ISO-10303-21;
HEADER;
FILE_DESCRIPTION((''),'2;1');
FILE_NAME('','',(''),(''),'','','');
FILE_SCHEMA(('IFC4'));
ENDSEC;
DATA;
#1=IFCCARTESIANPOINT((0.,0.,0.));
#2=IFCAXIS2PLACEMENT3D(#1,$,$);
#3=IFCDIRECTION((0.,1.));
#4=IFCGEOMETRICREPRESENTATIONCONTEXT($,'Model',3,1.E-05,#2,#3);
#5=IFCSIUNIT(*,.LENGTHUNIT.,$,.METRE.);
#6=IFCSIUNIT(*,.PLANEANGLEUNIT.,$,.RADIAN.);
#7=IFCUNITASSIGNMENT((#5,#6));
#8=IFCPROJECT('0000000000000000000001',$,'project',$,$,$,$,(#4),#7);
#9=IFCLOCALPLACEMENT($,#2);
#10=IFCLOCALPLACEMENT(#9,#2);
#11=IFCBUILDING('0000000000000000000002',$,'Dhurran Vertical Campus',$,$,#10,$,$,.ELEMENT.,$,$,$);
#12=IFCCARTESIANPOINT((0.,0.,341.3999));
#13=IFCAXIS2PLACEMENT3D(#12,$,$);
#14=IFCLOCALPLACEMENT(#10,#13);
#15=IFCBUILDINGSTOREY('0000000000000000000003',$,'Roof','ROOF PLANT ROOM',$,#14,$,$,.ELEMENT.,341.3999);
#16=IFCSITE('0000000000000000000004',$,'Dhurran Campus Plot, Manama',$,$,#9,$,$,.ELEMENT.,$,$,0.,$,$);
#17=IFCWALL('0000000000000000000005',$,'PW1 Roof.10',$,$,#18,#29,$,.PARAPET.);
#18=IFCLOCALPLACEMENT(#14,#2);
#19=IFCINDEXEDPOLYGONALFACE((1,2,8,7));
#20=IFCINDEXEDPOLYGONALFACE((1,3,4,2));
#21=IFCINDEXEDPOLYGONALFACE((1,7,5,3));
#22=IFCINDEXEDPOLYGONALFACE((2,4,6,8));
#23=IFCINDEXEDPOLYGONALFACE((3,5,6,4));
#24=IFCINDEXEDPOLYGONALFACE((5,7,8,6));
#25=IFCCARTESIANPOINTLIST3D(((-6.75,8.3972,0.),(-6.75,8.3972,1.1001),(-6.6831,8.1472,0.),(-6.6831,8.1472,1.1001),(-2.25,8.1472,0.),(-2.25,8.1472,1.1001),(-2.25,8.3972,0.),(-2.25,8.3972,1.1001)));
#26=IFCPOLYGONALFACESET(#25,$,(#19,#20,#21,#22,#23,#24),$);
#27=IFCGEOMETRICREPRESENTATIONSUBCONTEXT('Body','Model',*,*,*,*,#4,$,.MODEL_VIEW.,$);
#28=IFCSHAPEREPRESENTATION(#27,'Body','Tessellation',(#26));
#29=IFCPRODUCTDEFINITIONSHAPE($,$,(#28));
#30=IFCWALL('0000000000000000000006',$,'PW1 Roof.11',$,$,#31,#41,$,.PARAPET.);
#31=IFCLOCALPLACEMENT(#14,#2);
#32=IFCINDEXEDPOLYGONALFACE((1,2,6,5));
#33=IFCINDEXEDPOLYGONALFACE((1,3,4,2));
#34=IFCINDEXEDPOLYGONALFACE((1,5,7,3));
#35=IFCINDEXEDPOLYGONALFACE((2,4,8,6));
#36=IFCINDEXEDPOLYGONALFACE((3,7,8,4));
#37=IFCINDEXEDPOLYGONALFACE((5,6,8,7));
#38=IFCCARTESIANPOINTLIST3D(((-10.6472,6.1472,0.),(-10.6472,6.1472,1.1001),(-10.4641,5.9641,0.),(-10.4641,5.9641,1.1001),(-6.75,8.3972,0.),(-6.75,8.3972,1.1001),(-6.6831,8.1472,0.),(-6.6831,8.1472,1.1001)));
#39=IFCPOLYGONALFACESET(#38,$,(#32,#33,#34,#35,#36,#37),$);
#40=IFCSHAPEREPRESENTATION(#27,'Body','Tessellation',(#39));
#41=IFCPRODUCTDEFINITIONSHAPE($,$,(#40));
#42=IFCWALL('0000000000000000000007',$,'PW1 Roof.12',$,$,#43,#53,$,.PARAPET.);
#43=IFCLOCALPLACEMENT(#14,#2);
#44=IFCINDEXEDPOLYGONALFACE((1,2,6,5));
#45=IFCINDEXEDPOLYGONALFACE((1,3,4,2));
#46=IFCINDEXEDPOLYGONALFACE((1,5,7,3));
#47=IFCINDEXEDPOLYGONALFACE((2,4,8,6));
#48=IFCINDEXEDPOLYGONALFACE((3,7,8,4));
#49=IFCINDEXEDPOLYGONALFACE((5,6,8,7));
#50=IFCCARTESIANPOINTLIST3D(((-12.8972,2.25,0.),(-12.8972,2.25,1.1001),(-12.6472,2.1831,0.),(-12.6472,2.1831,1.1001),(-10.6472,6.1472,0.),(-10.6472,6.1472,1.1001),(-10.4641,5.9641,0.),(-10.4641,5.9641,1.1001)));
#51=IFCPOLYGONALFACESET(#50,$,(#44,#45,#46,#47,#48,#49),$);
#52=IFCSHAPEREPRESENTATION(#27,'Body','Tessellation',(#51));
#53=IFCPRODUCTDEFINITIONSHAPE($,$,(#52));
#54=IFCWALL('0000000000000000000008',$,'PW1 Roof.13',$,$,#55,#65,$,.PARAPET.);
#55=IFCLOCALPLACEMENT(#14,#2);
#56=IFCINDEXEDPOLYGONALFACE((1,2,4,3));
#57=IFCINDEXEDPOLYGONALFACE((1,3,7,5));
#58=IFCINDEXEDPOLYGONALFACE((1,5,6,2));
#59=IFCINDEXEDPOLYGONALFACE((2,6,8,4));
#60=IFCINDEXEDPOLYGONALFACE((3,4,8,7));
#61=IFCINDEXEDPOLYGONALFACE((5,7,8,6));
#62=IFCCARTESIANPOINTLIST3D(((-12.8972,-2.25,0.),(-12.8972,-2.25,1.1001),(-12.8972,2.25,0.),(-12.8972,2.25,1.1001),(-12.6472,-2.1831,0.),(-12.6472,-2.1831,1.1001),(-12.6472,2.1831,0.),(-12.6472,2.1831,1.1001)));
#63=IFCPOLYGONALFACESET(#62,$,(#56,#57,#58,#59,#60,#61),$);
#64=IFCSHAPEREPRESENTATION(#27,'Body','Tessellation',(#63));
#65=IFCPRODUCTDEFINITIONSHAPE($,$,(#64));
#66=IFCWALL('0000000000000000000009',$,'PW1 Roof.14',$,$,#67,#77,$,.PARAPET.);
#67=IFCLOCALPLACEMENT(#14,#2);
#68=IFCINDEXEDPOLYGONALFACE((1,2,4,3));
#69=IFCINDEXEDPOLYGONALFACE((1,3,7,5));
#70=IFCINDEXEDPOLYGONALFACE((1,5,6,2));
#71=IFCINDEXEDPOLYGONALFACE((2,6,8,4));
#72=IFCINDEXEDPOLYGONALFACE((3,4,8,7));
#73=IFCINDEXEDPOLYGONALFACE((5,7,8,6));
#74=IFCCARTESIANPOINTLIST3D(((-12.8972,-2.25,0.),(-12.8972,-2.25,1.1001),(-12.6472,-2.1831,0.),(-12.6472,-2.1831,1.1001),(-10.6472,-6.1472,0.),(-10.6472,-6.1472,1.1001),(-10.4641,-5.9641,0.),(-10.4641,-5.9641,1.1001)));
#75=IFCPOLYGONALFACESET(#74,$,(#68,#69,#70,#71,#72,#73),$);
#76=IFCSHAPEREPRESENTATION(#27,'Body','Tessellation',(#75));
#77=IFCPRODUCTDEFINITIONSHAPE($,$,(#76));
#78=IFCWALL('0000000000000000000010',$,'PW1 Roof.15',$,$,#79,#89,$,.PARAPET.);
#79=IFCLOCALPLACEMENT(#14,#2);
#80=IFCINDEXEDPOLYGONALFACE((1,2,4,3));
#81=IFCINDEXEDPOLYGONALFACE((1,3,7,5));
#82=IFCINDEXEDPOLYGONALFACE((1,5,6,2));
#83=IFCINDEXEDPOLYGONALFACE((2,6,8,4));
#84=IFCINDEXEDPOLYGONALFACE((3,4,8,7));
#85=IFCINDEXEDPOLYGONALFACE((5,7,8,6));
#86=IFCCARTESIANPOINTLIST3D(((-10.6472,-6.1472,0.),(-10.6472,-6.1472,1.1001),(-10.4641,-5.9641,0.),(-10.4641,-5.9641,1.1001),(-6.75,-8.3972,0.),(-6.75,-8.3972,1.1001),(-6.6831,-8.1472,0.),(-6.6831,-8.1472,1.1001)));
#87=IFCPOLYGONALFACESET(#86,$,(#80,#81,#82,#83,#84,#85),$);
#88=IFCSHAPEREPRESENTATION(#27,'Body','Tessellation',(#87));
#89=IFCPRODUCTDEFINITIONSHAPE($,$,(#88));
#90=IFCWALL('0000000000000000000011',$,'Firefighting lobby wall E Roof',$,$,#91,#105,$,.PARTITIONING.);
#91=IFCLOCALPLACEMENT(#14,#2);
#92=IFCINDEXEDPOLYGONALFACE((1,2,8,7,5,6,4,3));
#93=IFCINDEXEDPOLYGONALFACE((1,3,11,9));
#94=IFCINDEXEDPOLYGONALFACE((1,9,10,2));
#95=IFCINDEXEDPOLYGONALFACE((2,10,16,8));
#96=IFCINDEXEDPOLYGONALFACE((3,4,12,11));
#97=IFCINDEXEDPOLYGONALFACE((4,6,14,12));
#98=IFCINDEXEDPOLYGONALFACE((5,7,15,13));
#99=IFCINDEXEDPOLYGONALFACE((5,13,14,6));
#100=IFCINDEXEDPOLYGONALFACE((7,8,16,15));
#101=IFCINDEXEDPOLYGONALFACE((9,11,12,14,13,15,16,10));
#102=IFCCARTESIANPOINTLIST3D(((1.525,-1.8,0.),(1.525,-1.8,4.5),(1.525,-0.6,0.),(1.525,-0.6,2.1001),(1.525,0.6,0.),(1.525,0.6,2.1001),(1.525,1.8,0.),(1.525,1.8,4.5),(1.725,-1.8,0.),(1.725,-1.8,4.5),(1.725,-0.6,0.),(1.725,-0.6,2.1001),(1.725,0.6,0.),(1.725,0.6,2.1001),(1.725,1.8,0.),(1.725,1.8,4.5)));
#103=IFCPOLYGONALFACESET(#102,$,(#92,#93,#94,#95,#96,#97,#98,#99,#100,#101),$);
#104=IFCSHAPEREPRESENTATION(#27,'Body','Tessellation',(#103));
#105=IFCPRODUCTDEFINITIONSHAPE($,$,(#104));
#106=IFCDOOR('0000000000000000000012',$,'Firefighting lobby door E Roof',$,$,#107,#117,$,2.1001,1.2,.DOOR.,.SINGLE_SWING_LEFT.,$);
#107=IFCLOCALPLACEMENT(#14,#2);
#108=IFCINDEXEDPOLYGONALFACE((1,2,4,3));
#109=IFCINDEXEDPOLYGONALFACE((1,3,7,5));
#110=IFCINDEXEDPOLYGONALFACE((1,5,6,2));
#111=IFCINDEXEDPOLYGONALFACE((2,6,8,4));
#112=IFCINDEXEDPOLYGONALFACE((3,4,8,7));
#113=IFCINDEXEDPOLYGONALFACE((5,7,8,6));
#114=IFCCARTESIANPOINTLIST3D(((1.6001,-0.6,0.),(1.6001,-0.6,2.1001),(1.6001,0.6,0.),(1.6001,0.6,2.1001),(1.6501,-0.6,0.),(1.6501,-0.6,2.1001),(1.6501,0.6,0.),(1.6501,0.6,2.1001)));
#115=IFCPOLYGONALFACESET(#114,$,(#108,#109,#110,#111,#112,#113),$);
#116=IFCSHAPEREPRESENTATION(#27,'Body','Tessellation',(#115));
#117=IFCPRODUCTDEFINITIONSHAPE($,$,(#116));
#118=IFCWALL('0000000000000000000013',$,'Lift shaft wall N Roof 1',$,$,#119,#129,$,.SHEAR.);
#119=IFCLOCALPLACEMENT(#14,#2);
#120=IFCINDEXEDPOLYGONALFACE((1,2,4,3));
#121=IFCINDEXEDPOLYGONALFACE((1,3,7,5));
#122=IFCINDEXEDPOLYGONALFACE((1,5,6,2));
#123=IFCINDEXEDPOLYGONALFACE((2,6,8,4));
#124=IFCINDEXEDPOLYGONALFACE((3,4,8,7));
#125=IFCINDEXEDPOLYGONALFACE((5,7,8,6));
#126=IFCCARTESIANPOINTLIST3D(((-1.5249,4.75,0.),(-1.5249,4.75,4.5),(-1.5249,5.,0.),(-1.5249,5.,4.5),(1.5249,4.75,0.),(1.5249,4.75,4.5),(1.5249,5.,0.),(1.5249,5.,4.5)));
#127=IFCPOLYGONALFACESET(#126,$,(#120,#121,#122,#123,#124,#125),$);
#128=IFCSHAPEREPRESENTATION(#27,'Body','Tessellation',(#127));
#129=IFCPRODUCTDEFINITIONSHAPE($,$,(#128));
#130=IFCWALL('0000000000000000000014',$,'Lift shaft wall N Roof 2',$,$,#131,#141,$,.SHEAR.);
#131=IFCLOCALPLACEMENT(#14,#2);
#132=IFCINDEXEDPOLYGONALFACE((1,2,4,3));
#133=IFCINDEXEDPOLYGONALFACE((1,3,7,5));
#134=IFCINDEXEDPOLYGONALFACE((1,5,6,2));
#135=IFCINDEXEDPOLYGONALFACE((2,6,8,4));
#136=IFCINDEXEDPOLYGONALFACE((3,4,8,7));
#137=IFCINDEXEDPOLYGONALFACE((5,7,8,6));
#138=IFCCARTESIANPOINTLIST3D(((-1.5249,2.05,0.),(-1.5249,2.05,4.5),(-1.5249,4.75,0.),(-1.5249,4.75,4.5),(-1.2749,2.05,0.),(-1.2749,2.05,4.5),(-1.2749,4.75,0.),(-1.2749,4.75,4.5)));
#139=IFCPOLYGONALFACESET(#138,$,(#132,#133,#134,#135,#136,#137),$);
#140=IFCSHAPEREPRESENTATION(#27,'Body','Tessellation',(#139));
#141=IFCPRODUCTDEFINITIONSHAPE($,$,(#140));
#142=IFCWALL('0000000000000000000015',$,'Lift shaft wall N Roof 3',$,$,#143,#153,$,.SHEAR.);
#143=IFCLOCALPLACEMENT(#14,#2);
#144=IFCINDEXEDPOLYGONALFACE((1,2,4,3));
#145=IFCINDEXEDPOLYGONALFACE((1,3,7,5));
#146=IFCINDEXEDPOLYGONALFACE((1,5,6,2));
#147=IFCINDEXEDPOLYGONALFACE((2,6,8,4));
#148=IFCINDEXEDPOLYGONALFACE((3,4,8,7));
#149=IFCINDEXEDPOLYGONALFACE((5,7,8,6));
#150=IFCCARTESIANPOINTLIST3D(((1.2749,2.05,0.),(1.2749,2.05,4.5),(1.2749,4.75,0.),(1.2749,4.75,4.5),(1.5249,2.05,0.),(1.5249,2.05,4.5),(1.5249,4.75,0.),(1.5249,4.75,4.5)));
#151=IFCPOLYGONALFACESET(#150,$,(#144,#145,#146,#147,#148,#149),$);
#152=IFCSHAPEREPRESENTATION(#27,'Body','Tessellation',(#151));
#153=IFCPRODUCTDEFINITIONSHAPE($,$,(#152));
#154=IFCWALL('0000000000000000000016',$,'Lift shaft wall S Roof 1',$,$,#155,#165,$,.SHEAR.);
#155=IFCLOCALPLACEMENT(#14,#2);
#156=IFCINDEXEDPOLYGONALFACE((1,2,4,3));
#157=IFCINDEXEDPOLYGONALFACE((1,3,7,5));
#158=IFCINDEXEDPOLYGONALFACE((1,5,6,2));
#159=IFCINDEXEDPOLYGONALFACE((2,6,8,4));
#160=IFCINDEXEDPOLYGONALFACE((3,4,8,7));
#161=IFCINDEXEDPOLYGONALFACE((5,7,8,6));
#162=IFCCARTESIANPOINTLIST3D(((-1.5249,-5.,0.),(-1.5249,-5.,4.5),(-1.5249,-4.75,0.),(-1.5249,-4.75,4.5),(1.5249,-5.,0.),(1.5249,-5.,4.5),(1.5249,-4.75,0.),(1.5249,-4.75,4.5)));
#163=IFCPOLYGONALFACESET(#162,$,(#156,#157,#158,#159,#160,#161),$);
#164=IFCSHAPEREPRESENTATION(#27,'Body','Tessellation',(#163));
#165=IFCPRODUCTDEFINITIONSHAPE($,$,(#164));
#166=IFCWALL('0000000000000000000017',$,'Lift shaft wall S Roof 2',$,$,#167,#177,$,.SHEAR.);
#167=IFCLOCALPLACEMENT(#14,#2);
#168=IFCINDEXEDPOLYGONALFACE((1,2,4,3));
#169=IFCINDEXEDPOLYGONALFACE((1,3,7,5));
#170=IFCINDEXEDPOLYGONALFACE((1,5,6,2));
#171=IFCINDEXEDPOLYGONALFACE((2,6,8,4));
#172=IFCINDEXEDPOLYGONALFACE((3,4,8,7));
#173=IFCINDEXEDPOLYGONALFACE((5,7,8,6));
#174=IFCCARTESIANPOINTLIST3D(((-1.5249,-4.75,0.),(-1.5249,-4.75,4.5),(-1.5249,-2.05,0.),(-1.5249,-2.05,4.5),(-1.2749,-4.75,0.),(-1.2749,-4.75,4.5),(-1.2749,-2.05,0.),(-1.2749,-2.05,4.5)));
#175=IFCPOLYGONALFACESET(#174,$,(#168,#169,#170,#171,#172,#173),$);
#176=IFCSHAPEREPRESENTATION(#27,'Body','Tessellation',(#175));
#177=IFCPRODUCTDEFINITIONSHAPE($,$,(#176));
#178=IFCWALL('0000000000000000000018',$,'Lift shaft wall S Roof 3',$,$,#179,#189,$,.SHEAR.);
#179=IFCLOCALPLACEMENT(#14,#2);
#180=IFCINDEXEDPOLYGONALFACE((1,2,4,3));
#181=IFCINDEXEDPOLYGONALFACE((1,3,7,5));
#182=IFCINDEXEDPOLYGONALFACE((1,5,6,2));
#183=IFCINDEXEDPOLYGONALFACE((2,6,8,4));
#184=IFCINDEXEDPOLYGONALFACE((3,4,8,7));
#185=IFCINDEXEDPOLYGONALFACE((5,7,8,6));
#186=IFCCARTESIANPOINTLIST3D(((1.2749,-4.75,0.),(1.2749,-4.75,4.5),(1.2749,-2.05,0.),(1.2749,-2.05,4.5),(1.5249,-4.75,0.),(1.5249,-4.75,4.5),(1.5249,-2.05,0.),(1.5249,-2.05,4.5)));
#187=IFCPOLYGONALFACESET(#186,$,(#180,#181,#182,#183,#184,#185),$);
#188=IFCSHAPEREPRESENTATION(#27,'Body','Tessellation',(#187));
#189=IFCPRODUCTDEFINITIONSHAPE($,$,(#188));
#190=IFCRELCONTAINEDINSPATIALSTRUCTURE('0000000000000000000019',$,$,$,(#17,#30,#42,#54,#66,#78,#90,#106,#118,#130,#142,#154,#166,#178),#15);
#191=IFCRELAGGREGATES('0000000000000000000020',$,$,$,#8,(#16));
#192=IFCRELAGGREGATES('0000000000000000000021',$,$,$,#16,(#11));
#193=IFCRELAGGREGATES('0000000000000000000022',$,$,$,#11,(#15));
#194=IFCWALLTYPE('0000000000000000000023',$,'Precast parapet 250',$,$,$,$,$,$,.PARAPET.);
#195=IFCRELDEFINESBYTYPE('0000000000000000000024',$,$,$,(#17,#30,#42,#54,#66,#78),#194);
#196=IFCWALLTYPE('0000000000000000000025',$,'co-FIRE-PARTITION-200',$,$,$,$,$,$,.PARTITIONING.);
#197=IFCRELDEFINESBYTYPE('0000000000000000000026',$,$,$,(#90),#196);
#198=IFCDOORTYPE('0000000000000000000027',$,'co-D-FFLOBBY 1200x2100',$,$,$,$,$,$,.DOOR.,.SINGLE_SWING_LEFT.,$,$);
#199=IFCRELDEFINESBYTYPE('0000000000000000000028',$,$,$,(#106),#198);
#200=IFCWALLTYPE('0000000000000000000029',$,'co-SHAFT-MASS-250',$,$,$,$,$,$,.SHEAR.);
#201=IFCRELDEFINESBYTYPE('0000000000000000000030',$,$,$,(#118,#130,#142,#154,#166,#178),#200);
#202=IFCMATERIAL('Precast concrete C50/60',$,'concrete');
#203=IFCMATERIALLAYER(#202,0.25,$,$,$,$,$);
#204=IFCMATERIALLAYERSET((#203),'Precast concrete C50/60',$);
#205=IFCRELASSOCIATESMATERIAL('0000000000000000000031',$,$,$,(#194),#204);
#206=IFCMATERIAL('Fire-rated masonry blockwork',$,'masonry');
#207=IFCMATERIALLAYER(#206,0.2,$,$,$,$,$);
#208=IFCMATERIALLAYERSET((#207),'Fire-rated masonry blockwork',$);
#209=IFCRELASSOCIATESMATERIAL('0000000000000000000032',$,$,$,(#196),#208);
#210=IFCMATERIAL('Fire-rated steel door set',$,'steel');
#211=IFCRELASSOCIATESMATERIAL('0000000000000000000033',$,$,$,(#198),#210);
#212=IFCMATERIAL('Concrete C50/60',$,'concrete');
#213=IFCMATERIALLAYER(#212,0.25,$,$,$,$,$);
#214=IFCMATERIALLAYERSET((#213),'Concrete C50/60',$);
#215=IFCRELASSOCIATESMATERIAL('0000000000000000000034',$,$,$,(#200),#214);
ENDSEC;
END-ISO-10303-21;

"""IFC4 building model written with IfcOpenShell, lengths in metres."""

from ifc_helpers import new_model, si_unit, direction, frame, frame_2d, origin, place, context, subcontext, project, spatial, polyline, rectangle, outline, extrude, material, layer, layer_set, type_object, element, fill, save


model = new_model("IFC4")

# Units and contexts
model_context = context("Model", 3, precision=1e-05, world=origin(), true_north=direction((0.0, 1.0)))
body_context = subcontext(model_context, "Body", "Model", "MODEL_VIEW")
ifc_project = project(units=[si_unit("LENGTHUNIT", "METRE"), si_unit("PLANEANGLEUNIT", "RADIAN")], contexts=[model_context])

# Site, building, storey
site_placement = place(None, origin())
site = spatial("IfcSite", under=ifc_project, at=site_placement, Name="Dhurran Campus Plot, Manama", CompositionType="ELEMENT", RefElevation=0.0)
building_placement = place(site_placement, origin())
building = spatial("IfcBuilding", under=site, at=building_placement, Name="Dhurran Vertical Campus", CompositionType="ELEMENT")
storey_placement = place(building_placement, frame((0.0, 0.0, 341.3999)))
storey = spatial("IfcBuildingStorey", under=building, at=storey_placement, Name="Roof", Description="ROOF PLANT ROOM", CompositionType="ELEMENT", Elevation=341.3999)

# Walls
ifc_material_1 = material(Name="Precast concrete C50/60", Category="concrete")
ifc_layer_1 = layer(ifc_material_1, 0.25)
ifc_layer_set_1 = layer_set([ifc_layer_1], Name="Precast concrete C50/60")
wall_type_1 = type_object("IfcWallType", Name="Precast parapet 250", PredefinedType="PARAPET", material=ifc_layer_set_1)
wall_1_placement = place(storey_placement, origin())
element("IfcWall", 1, at=wall_1_placement, inside=storey, type_object=wall_type_1, Name="PW1 Roof.10", PredefinedType="PARAPET", context=body_context, shape_type="SweptSolid", body=[
    extrude(outline(polyline([(-2.25, 8.3972), (-6.75, 8.3972), (-6.6831, 8.1472), (-2.25, 8.1472), (-2.25, 8.3972)])), origin(), (0.0, 0.0, 1.0), 1.1001),
])
wall_2_placement = place(storey_placement, origin())
element("IfcWall", 2, at=wall_2_placement, inside=storey, type_object=wall_type_1, Name="PW1 Roof.11", PredefinedType="PARAPET", context=body_context, shape_type="SweptSolid", body=[
    extrude(outline(polyline([(-6.75, 8.3972), (-10.6472, 6.1472), (-10.4641, 5.9641), (-6.6831, 8.1472), (-6.75, 8.3972)])), origin(), (0.0, 0.0, 1.0), 1.1001),
])
wall_3_placement = place(storey_placement, origin())
element("IfcWall", 3, at=wall_3_placement, inside=storey, type_object=wall_type_1, Name="PW1 Roof.12", PredefinedType="PARAPET", context=body_context, shape_type="SweptSolid", body=[
    extrude(outline(polyline([(-10.6472, 6.1472), (-12.8972, 2.25), (-12.6472, 2.1831), (-10.4641, 5.9641), (-10.6472, 6.1472)])), origin(), (0.0, 0.0, 1.0), 1.1001),
])
wall_4_placement = place(storey_placement, origin())
element("IfcWall", 4, at=wall_4_placement, inside=storey, type_object=wall_type_1, Name="PW1 Roof.13", PredefinedType="PARAPET", context=body_context, shape_type="SweptSolid", body=[
    extrude(outline(polyline([(-12.8972, 2.25), (-12.8972, -2.25), (-12.6472, -2.1831), (-12.6472, 2.1831), (-12.8972, 2.25)])), origin(), (0.0, 0.0, 1.0), 1.1001),
])
wall_5_placement = place(storey_placement, origin())
element("IfcWall", 5, at=wall_5_placement, inside=storey, type_object=wall_type_1, Name="PW1 Roof.14", PredefinedType="PARAPET", context=body_context, shape_type="SweptSolid", body=[
    extrude(outline(polyline([(-12.8972, -2.25), (-10.6472, -6.1472), (-10.4641, -5.9641), (-12.6472, -2.1831), (-12.8972, -2.25)])), origin(), (0.0, 0.0, 1.0), 1.1001),
])
wall_6_placement = place(storey_placement, origin())
element("IfcWall", 6, at=wall_6_placement, inside=storey, type_object=wall_type_1, Name="PW1 Roof.15", PredefinedType="PARAPET", context=body_context, shape_type="SweptSolid", body=[
    extrude(outline(polyline([(-10.6472, -6.1472), (-6.75, -8.3972), (-6.6831, -8.1472), (-10.4641, -5.9641), (-10.6472, -6.1472)])), origin(), (0.0, 0.0, 1.0), 1.1001),
])

# Wall, opening, door
ifc_material_2 = material(Name="Fire-rated masonry blockwork", Category="masonry")
ifc_layer_2 = layer(ifc_material_2, 0.2)
ifc_layer_set_2 = layer_set([ifc_layer_2], Name="Fire-rated masonry blockwork")
wall_type_2 = type_object("IfcWallType", Name="co-FIRE-PARTITION-200", PredefinedType="PARTITIONING", material=ifc_layer_set_2)
wall_7_placement = place(storey_placement, frame((1.625, -1.8, 0.0), z_axis=(0.0, 0.0, 1.0), x_axis=(0.0, 1.0, 0.0)))
wall_7 = element("IfcWall", 7, at=wall_7_placement, inside=storey, type_object=wall_type_2, Name="Firefighting lobby wall E Roof", PredefinedType="PARTITIONING", context=body_context, shape_type="SweptSolid", body=[
    extrude(rectangle(XDim=3.6001, YDim=0.2, at=frame_2d((1.8, 0.0))), origin(), (0.0, 0.0, 1.0), 4.5),
])
opening_1_placement = place(wall_7_placement, frame((1.2, 0.0, 0.0)))
opening_1 = element("IfcOpeningElement", 8, at=opening_1_placement, cuts=wall_7, PredefinedType="OPENING", context=body_context, shape_type="SweptSolid", body=[
    extrude(rectangle(XDim=1.2, YDim=2.1001, at=frame_2d((0.6001, 1.05))), frame((0.0, 0.1099, 0.0), z_axis=(0.0, -1.0, 0.0), x_axis=(1.0, 0.0, 0.0)), (0.0, 0.0, 1.0), 0.22),
])
ifc_material_3 = material(Name="Fire-rated steel door set", Category="steel")
door_type_1 = type_object("IfcDoorType", Name="co-D-FFLOBBY 1200x2100", OperationType="SINGLE_SWING_LEFT", PredefinedType="DOOR", material=ifc_material_3)
door_1_placement = place(opening_1_placement, origin())
door_1 = element("IfcDoor", 9, at=door_1_placement, inside=storey, type_object=door_type_1, Name="Firefighting lobby door E Roof", OperationType="SINGLE_SWING_LEFT", OverallHeight=2.1001, OverallWidth=1.2, PredefinedType="DOOR", context=body_context, shape_type="SweptSolid", body=[
    extrude(rectangle(XDim=1.2, YDim=2.1001, at=frame_2d((0.6001, 1.05))), frame((0.0, 0.0249, 0.0), z_axis=(0.0, -1.0, 0.0), x_axis=(1.0, 0.0, 0.0)), (0.0, 0.0, 1.0), 0.05),
])
fill(opening_1, door_1)

# Walls
ifc_material_4 = material(Name="Concrete C50/60", Category="concrete")
ifc_layer_3 = layer(ifc_material_4, 0.25)
ifc_layer_set_3 = layer_set([ifc_layer_3], Name="Concrete C50/60")
wall_type_3 = type_object("IfcWallType", Name="co-SHAFT-MASS-250", PredefinedType="SHEAR", material=ifc_layer_set_3)
wall_8_placement = place(storey_placement, origin())
element("IfcWall", 10, at=wall_8_placement, inside=storey, type_object=wall_type_3, Name="Lift shaft wall N Roof 1", PredefinedType="SHEAR", context=body_context, shape_type="SweptSolid", body=[
    extrude(outline(polyline([(-1.5249, 4.75), (1.5249, 4.75), (1.5249, 5.0), (-1.5249, 5.0), (-1.5249, 4.75)])), origin(), (0.0, 0.0, 1.0), 4.5),
])
wall_9_placement = place(storey_placement, origin())
element("IfcWall", 11, at=wall_9_placement, inside=storey, type_object=wall_type_3, Name="Lift shaft wall N Roof 2", PredefinedType="SHEAR", context=body_context, shape_type="SweptSolid", body=[
    extrude(outline(polyline([(-1.5249, 2.05), (-1.2749, 2.05), (-1.2749, 4.75), (-1.5249, 4.75), (-1.5249, 2.05)])), origin(), (0.0, 0.0, 1.0), 4.5),
])
wall_10_placement = place(storey_placement, origin())
element("IfcWall", 12, at=wall_10_placement, inside=storey, type_object=wall_type_3, Name="Lift shaft wall N Roof 3", PredefinedType="SHEAR", context=body_context, shape_type="SweptSolid", body=[
    extrude(outline(polyline([(1.2749, 2.05), (1.5249, 2.05), (1.5249, 4.75), (1.2749, 4.75), (1.2749, 2.05)])), origin(), (0.0, 0.0, 1.0), 4.5),
])
wall_11_placement = place(storey_placement, origin())
element("IfcWall", 13, at=wall_11_placement, inside=storey, type_object=wall_type_3, Name="Lift shaft wall S Roof 1", PredefinedType="SHEAR", context=body_context, shape_type="SweptSolid", body=[
    extrude(outline(polyline([(-1.5249, -5.0), (1.5249, -5.0), (1.5249, -4.75), (-1.5249, -4.75), (-1.5249, -5.0)])), origin(), (0.0, 0.0, 1.0), 4.5),
])
wall_12_placement = place(storey_placement, origin())
element("IfcWall", 14, at=wall_12_placement, inside=storey, type_object=wall_type_3, Name="Lift shaft wall S Roof 2", PredefinedType="SHEAR", context=body_context, shape_type="SweptSolid", body=[
    extrude(outline(polyline([(-1.5249, -4.75), (-1.2749, -4.75), (-1.2749, -2.05), (-1.5249, -2.05), (-1.5249, -4.75)])), origin(), (0.0, 0.0, 1.0), 4.5),
])
wall_13_placement = place(storey_placement, origin())
element("IfcWall", 15, at=wall_13_placement, inside=storey, type_object=wall_type_3, Name="Lift shaft wall S Roof 3", PredefinedType="SHEAR", context=body_context, shape_type="SweptSolid", body=[
    extrude(outline(polyline([(1.2749, -4.75), (1.5249, -4.75), (1.5249, -2.05), (1.2749, -2.05), (1.2749, -4.75)])), origin(), (0.0, 0.0, 1.0), 4.5),
])

save(model, "model.ifc")
